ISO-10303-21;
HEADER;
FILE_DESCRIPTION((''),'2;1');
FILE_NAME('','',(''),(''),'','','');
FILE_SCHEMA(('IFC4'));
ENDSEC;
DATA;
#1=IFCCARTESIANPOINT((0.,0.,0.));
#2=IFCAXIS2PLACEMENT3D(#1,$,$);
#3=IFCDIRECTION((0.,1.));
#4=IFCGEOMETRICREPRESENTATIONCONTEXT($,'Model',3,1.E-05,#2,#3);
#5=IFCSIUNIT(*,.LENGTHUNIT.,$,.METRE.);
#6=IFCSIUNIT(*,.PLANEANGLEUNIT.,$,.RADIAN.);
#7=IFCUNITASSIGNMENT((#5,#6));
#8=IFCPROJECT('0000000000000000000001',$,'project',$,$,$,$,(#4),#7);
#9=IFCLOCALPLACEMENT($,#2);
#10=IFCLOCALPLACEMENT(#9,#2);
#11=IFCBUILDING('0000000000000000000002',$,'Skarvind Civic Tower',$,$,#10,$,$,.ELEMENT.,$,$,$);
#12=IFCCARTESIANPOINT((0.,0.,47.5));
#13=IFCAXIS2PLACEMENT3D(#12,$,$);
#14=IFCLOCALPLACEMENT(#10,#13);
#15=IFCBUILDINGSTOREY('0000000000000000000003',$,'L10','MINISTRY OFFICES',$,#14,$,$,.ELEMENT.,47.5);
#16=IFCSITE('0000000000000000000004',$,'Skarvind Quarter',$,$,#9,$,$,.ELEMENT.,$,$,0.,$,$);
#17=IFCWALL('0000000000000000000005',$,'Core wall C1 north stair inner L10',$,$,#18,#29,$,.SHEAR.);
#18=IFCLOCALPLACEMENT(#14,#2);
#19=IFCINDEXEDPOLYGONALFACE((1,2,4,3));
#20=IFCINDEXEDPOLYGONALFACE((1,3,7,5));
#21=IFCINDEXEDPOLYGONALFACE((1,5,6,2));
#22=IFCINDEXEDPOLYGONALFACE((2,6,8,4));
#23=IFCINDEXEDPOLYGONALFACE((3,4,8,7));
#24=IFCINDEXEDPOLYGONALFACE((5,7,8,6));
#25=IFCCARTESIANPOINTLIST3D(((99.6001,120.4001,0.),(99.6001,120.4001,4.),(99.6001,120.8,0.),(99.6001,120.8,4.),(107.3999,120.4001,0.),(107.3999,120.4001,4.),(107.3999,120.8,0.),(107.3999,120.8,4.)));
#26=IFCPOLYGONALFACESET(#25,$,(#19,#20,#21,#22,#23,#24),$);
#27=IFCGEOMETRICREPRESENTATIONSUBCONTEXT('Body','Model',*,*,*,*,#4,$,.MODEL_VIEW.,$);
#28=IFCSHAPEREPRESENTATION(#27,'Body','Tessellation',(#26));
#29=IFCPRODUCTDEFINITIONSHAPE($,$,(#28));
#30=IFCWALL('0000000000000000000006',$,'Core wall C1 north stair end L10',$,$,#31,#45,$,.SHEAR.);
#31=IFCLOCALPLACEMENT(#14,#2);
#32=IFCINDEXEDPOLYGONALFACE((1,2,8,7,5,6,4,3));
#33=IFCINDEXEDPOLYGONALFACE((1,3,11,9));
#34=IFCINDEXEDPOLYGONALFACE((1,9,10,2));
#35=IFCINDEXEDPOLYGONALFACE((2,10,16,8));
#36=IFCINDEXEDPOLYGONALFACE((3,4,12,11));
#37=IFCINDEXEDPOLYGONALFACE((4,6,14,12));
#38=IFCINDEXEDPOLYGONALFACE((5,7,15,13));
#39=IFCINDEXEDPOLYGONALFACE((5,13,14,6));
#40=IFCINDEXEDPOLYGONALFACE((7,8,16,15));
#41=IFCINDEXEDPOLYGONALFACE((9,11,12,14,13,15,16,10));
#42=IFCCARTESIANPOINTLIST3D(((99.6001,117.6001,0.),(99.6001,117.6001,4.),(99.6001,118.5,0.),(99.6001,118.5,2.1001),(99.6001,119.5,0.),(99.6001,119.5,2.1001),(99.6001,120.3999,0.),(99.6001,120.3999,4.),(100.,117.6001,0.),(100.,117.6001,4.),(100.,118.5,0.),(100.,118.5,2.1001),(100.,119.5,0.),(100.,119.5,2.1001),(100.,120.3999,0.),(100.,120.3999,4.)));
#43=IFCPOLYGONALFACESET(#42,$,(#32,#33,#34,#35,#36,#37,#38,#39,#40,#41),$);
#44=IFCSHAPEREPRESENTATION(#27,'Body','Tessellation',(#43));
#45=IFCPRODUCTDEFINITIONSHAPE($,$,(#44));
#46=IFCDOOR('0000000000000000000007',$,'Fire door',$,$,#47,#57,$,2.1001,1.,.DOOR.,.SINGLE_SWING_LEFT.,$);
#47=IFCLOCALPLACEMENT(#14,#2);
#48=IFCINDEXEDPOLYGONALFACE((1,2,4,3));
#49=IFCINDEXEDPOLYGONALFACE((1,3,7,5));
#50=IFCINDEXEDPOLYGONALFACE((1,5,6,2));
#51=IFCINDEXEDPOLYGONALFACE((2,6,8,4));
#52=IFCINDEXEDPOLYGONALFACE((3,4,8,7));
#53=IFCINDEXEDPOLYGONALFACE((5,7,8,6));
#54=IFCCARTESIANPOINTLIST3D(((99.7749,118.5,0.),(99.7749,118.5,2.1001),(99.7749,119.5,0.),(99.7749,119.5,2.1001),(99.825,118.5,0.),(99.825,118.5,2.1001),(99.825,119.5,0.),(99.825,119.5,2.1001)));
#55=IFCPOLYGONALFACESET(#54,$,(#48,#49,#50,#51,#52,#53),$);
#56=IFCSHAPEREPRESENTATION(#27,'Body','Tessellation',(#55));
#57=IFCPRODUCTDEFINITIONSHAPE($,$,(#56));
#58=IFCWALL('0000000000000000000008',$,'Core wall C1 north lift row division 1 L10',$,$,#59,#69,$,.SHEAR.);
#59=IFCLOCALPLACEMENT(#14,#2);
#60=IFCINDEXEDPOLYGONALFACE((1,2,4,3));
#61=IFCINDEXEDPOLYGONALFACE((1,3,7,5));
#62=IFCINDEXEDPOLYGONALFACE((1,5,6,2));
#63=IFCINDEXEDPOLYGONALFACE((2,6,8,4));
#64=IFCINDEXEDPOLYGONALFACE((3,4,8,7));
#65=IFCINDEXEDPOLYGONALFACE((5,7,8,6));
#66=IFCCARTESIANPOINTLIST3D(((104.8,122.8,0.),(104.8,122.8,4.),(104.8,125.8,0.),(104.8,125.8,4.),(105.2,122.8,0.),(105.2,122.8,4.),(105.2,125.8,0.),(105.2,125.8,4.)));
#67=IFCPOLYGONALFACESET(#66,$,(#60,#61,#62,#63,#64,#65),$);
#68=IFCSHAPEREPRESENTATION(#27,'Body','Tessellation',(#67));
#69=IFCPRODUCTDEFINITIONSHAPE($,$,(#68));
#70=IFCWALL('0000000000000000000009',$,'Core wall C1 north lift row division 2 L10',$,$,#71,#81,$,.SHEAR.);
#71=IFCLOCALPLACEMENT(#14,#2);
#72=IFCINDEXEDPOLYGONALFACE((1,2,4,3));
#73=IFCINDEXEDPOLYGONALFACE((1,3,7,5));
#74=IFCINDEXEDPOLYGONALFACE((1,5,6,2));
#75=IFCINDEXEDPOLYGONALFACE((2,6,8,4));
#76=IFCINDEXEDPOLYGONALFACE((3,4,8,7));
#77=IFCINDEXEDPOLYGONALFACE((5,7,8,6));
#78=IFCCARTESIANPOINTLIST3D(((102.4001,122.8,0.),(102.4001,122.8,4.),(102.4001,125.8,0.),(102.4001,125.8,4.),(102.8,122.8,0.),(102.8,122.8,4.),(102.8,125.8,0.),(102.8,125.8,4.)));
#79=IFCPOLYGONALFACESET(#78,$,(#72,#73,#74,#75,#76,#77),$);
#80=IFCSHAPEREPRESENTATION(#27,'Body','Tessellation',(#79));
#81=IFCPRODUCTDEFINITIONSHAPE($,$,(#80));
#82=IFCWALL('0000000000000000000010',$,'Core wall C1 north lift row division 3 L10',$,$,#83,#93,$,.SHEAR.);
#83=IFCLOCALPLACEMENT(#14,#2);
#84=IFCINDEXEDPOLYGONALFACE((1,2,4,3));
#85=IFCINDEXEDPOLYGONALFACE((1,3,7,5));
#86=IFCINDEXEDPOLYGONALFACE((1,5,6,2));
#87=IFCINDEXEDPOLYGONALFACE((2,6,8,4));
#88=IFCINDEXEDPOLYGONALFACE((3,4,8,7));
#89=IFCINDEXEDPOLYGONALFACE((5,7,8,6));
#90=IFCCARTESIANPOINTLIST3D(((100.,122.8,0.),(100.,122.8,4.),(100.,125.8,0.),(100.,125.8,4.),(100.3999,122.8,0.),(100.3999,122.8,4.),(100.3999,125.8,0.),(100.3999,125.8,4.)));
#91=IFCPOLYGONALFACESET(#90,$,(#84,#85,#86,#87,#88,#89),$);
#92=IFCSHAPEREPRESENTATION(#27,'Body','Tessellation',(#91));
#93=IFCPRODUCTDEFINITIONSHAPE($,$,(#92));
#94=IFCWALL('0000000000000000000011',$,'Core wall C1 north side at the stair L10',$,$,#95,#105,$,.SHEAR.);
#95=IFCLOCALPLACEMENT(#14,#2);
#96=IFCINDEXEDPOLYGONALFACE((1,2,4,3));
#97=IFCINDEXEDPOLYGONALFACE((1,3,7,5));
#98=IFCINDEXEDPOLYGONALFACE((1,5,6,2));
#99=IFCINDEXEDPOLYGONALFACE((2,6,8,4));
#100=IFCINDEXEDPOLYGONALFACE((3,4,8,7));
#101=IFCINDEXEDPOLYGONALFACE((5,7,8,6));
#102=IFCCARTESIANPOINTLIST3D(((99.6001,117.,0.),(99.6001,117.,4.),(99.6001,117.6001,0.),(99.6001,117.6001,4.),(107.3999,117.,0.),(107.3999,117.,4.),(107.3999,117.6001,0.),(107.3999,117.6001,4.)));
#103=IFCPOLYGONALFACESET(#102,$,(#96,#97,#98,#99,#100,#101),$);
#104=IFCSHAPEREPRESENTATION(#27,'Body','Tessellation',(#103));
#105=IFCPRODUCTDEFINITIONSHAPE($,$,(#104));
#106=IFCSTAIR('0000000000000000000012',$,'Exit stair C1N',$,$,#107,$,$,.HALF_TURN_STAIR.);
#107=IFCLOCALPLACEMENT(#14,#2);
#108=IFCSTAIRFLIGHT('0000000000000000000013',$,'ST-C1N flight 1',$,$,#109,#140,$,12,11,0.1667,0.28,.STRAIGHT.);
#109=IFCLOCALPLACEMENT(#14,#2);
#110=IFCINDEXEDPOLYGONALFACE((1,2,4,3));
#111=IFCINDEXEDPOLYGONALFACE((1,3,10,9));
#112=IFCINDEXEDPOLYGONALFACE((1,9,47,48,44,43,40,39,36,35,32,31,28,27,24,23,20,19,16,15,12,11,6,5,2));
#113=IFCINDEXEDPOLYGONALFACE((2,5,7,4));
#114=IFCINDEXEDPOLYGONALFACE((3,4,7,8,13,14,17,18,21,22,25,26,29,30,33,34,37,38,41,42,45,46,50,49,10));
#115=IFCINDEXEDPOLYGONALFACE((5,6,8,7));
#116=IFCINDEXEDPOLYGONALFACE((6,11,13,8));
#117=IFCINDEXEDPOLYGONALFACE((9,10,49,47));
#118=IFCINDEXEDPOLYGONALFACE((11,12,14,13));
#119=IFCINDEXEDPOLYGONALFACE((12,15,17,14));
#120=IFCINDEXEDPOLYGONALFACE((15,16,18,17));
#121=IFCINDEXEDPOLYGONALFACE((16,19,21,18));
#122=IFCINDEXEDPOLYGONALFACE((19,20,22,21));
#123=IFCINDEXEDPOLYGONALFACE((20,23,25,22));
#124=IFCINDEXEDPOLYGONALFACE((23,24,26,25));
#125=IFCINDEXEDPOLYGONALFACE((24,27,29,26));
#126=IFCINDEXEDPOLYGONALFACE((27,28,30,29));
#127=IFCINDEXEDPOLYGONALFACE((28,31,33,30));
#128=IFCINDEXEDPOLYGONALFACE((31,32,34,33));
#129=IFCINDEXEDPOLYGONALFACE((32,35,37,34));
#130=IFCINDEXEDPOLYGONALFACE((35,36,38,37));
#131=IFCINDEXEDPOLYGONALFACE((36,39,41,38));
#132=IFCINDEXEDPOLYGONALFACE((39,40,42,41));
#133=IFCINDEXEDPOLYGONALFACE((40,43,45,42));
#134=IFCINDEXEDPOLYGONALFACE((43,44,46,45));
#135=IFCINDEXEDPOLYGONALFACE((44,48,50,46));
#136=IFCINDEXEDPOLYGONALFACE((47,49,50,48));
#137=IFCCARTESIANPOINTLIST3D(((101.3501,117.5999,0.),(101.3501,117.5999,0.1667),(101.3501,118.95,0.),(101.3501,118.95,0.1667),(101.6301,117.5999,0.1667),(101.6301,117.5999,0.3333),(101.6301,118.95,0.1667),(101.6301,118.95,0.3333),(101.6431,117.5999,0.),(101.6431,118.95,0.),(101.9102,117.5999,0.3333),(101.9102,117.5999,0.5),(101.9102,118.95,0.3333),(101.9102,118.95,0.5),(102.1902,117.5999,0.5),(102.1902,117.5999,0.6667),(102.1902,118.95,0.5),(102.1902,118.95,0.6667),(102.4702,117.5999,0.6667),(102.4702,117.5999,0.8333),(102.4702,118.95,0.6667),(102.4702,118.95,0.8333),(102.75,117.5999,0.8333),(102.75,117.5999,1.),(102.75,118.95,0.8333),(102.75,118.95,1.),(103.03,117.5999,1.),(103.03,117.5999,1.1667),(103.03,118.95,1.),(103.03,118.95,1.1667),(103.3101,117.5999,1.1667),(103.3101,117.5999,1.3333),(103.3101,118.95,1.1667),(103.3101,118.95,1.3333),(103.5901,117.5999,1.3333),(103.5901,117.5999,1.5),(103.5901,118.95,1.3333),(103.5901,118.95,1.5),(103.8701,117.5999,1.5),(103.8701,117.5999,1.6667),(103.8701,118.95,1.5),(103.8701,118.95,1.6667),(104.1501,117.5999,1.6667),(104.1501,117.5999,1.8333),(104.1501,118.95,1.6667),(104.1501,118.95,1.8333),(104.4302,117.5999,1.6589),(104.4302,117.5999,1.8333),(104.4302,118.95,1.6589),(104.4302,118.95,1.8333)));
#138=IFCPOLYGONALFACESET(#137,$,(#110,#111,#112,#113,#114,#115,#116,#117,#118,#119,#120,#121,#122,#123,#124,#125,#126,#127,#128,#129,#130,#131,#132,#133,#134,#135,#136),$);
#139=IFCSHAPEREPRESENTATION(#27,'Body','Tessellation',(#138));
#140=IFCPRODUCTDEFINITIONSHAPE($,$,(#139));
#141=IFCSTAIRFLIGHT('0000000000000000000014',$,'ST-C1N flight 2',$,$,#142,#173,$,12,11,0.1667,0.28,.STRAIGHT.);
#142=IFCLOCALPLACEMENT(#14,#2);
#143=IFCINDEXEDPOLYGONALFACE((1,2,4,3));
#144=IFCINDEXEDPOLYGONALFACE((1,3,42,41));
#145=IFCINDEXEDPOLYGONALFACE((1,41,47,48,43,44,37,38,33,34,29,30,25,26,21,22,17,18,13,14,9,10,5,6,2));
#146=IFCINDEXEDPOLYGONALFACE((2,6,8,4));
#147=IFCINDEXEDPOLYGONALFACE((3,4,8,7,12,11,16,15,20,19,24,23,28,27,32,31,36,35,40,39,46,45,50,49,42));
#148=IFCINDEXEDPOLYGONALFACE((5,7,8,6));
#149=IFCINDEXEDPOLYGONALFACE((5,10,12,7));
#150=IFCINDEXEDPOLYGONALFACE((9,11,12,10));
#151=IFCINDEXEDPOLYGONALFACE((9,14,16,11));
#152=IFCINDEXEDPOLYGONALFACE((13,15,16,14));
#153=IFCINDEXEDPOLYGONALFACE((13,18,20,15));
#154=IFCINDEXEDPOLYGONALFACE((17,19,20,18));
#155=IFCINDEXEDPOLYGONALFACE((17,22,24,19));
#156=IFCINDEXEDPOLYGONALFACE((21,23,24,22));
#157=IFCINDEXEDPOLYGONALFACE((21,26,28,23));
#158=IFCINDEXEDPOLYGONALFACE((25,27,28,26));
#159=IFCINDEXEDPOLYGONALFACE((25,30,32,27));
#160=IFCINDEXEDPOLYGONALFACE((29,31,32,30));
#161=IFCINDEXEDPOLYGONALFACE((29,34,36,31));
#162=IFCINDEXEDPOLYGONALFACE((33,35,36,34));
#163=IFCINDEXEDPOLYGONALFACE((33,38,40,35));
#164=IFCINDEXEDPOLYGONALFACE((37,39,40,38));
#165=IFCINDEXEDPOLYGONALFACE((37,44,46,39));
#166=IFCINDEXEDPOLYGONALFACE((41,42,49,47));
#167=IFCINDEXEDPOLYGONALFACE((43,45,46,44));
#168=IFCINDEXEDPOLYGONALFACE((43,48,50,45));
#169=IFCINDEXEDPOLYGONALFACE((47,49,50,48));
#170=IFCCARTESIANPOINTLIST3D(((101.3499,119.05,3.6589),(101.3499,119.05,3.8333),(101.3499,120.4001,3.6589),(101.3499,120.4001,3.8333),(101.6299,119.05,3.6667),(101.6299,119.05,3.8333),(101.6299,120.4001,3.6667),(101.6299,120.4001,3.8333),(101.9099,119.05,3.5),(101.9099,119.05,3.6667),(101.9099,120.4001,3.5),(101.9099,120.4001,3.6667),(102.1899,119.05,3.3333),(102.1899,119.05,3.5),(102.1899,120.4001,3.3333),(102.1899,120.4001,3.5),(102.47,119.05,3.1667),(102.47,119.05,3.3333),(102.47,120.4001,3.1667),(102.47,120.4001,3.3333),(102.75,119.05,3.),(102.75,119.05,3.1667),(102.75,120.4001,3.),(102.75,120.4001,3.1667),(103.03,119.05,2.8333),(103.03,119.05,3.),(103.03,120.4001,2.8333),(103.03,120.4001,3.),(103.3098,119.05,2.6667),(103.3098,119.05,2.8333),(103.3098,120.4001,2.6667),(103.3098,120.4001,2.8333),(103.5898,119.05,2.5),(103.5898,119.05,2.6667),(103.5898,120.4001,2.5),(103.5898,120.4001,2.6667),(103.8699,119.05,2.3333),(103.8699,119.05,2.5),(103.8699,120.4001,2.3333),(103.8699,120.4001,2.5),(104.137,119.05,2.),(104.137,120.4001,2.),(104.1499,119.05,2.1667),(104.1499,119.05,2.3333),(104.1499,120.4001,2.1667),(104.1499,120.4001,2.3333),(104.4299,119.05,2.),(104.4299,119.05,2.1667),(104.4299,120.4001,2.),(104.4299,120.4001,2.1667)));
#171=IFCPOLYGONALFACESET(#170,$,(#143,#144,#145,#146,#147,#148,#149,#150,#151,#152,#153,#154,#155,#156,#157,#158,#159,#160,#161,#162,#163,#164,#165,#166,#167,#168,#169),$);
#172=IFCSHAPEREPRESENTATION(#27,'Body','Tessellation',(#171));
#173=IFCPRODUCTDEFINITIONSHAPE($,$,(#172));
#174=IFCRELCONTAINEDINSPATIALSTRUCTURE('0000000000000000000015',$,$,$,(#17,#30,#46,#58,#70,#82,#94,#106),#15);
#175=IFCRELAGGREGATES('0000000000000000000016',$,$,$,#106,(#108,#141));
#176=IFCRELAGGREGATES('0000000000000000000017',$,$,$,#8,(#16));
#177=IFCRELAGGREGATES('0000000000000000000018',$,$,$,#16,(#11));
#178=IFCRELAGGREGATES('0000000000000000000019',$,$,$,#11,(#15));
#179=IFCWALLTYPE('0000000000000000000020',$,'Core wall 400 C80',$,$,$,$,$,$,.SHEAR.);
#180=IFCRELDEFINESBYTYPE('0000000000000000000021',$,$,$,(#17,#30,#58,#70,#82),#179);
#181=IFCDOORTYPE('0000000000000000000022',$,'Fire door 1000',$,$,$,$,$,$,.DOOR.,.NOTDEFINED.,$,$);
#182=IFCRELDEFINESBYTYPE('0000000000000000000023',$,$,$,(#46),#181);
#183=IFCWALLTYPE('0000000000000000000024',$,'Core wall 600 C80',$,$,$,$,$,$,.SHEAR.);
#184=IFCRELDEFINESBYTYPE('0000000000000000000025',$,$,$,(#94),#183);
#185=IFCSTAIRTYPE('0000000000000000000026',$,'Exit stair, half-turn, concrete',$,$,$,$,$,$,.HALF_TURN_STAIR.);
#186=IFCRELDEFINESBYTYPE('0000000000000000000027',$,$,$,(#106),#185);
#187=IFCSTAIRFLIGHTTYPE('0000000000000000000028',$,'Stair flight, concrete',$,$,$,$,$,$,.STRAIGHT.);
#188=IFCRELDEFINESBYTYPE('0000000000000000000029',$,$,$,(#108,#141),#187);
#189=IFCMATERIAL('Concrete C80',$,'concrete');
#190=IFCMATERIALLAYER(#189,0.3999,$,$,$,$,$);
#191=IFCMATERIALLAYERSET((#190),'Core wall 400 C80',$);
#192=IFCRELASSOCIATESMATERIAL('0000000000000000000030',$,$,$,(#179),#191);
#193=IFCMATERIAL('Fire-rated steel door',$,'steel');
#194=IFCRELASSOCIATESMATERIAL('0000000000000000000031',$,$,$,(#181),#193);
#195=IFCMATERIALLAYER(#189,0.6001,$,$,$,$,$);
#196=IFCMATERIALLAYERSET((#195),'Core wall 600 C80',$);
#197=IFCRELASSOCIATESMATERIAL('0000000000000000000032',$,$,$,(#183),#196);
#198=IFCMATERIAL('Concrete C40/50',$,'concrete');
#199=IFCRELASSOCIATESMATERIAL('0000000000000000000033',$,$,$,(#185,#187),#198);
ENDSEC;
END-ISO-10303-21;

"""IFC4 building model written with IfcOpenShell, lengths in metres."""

from ifc_helpers import new_model, si_unit, direction, frame, frame_2d, origin, place, context, subcontext, project, spatial, polyline, rectangle, outline, extrude, material, layer, layer_set, type_object, element, fill, aggregate, save


model = new_model("IFC4")

# Units and contexts
model_context = context("Model", 3, precision=1e-05, world=origin(), true_north=direction((0.0, 1.0)))
body_context = subcontext(model_context, "Body", "Model", "MODEL_VIEW")
ifc_project = project(units=[si_unit("LENGTHUNIT", "METRE"), si_unit("PLANEANGLEUNIT", "RADIAN")], contexts=[model_context])

# Site, building, storey
site_placement = place(None, origin())
site = spatial("IfcSite", under=ifc_project, at=site_placement, Name="Skarvind Quarter", CompositionType="ELEMENT", RefElevation=0.0)
building_placement = place(site_placement, origin())
building = spatial("IfcBuilding", under=site, at=building_placement, Name="Skarvind Civic Tower", CompositionType="ELEMENT")
storey_placement = place(building_placement, frame((0.0, 0.0, 47.5)))
storey = spatial("IfcBuildingStorey", under=building, at=storey_placement, Name="L10", Description="MINISTRY OFFICES", CompositionType="ELEMENT", Elevation=47.5)

# Wall
ifc_material_1 = material(Name="Concrete C80", Category="concrete")
ifc_layer_1 = layer(ifc_material_1, 0.3999)
ifc_layer_set_1 = layer_set([ifc_layer_1], Name="Core wall 400 C80")
wall_type_1 = type_object("IfcWallType", Name="Core wall 400 C80", PredefinedType="SHEAR", material=ifc_layer_set_1)
wall_1_placement = place(storey_placement, frame((107.3999, 120.6001, 0.0), z_axis=(0.0, 0.0, 1.0), x_axis=(-1.0, 0.0, 0.0)))
element("IfcWall", 1, at=wall_1_placement, inside=storey, type_object=wall_type_1, Name="Core wall C1 north stair inner L10", PredefinedType="SHEAR", context=body_context, shape_type="SweptSolid", body=[
    extrude(rectangle(XDim=7.7998, YDim=0.3999, at=frame_2d((3.8999, 0.0))), origin(), (0.0, 0.0, 1.0), 4.0),
])

# Wall, opening, door
wall_2_placement = place(storey_placement, frame((99.8, 120.3999, 0.0), z_axis=(0.0, 0.0, 1.0), x_axis=(0.0, -1.0, 0.0)))
wall_2 = element("IfcWall", 2, at=wall_2_placement, inside=storey, type_object=wall_type_1, Name="Core wall C1 north stair end L10", PredefinedType="SHEAR", context=body_context, shape_type="SweptSolid", body=[
    extrude(rectangle(XDim=2.7998, YDim=0.3999, at=frame_2d((1.3999, 0.0))), origin(), (0.0, 0.0, 1.0), 4.0),
])
opening_placement = place(wall_2_placement, frame((0.8999, 0.0, 0.0)))
opening = element("IfcOpeningElement", 3, at=opening_placement, cuts=wall_2, PredefinedType="OPENING", context=body_context, shape_type="SweptSolid", body=[
    extrude(rectangle(XDim=1.0, YDim=2.1001, at=frame_2d((0.5, 1.05))), frame((0.0, 0.21, 0.0), z_axis=(0.0, -1.0, 0.0), x_axis=(1.0, 0.0, 0.0)), (0.0, 0.0, 1.0), 0.4199),
])
ifc_material_2 = material(Name="Fire-rated steel door", Category="steel")
door_type = type_object("IfcDoorType", Name="Fire door 1000", OperationType="NOTDEFINED", PredefinedType="DOOR", material=ifc_material_2)
door_placement = place(opening_placement, origin())
door = element("IfcDoor", 4, at=door_placement, inside=storey, type_object=door_type, Name="Fire door", OperationType="SINGLE_SWING_LEFT", OverallHeight=2.1001, OverallWidth=1.0, PredefinedType="DOOR", context=body_context, shape_type="SweptSolid", body=[
    extrude(rectangle(XDim=1.0, YDim=2.1001, at=frame_2d((0.5, 1.05))), frame((0.0, 0.0249, 0.0), z_axis=(0.0, -1.0, 0.0), x_axis=(1.0, 0.0, 0.0)), (0.0, 0.0, 1.0), 0.05),
])
fill(opening, door)

# Walls
for number, where, z_axis, x_axis, name in (
    (5, (105.0, 125.8, 0.0), (0.0, 0.0, 1.0), (0.0, -1.0, 0.0), "Core wall C1 north lift row division 1 L10"),
    (6, (102.6001, 125.8, 0.0), (0.0, 0.0, 1.0), (0.0, -1.0, 0.0), "Core wall C1 north lift row division 2 L10"),
    (7, (100.2, 125.8, 0.0), (0.0, 0.0, 1.0), (0.0, -1.0, 0.0), "Core wall C1 north lift row division 3 L10"),
):
    element("IfcWall", number, at=place(storey_placement, frame(where, z_axis=z_axis, x_axis=x_axis)), inside=storey, type_object=wall_type_1, Name=name, PredefinedType="SHEAR", context=body_context, shape_type="SweptSolid", body=[
        extrude(rectangle(XDim=3.0, YDim=0.3999, at=frame_2d((1.5, 0.0))), origin(), (0.0, 0.0, 1.0), 4.0),
    ])
ifc_layer_2 = layer(ifc_material_1, 0.6001)
ifc_layer_set_2 = layer_set([ifc_layer_2], Name="Core wall 600 C80")
wall_type_2 = type_object("IfcWallType", Name="Core wall 600 C80", PredefinedType="SHEAR", material=ifc_layer_set_2)
wall_3_placement = place(storey_placement, frame((107.3999, 117.3, 0.0), z_axis=(0.0, 0.0, 1.0), x_axis=(-1.0, 0.0, 0.0)))
element("IfcWall", 8, at=wall_3_placement, inside=storey, type_object=wall_type_2, Name="Core wall C1 north side at the stair L10", PredefinedType="SHEAR", context=body_context, shape_type="SweptSolid", body=[
    extrude(rectangle(XDim=7.7998, YDim=0.6001, at=frame_2d((3.8999, 0.0))), origin(), (0.0, 0.0, 1.0), 4.0),
])

# Stair, stair flights
ifc_material_3 = material(Name="Concrete C40/50", Category="concrete")
stair_type = type_object("IfcStairType", Name="Exit stair, half-turn, concrete", PredefinedType="HALF_TURN_STAIR", material=ifc_material_3)
stair_placement = place(storey_placement, origin())
stair = element("IfcStair", 9, at=stair_placement, inside=storey, type_object=stair_type, Name="Exit stair C1N", PredefinedType="HALF_TURN_STAIR")
stair_flight_type = type_object("IfcStairFlightType", Name="Stair flight, concrete", PredefinedType="STRAIGHT", material=ifc_material_3)
stair_flight_1_placement = place(storey_placement, frame((101.3501, 118.2749, 0.0), z_axis=(0.0, 0.0, 1.0), x_axis=(1.0, 0.0, 0.0)))
stair_flight_1 = element("IfcStairFlight", 10, at=stair_flight_1_placement, type_object=stair_flight_type, Name="ST-C1N flight 1", NumberOfRisers=12, NumberOfTreads=11, PredefinedType="STRAIGHT", RiserHeight=0.1667, TreadLength=0.28, context=body_context, shape_type="SweptSolid", body=[
    extrude(outline(polyline([(0.0, 0.0), (0.0, 0.1667), (0.28, 0.1667), (0.28, 0.3333), (0.5601, 0.3333), (0.5601, 0.5), (0.8401, 0.5), (0.8401, 0.6667), (1.1201, 0.6667), (1.1201, 0.8333), (1.3999, 0.8333), (1.3999, 1.0), (1.6799, 1.0), (1.6799, 1.1667), (1.96, 1.1667), (1.96, 1.3333), (2.24, 1.3333), (2.24, 1.5), (2.52, 1.5), (2.52, 1.6667), (2.8, 1.6667), (2.8, 1.8333), (3.0801, 1.8333), (3.0801, 2.0), (3.0801, 1.6589), (0.293, 0.0), (0.0, 0.0)])), frame((0.0, 0.675, 0.0), z_axis=(0.0, -1.0, 0.0), x_axis=(1.0, 0.0, 0.0)), (0.0, 0.0, 1.0), 1.3501),
])
stair_flight_2_placement = place(storey_placement, frame((104.4299, 119.7251, 2.0), z_axis=(0.0, 0.0, 1.0), x_axis=(-1.0, 0.0, 0.0)))
stair_flight_2 = element("IfcStairFlight", 11, at=stair_flight_2_placement, type_object=stair_flight_type, Name="ST-C1N flight 2", NumberOfRisers=12, NumberOfTreads=11, PredefinedType="STRAIGHT", RiserHeight=0.1667, TreadLength=0.28, context=body_context, shape_type="SweptSolid", body=[
    extrude(outline(polyline([(0.0, 0.0), (0.0, 0.1667), (0.28, 0.1667), (0.28, 0.3333), (0.5601, 0.3333), (0.5601, 0.5), (0.8401, 0.5), (0.8401, 0.6667), (1.1201, 0.6667), (1.1201, 0.8333), (1.3999, 0.8333), (1.3999, 1.0), (1.6799, 1.0), (1.6799, 1.1667), (1.96, 1.1667), (1.96, 1.3333), (2.24, 1.3333), (2.24, 1.5), (2.52, 1.5), (2.52, 1.6667), (2.8, 1.6667), (2.8, 1.8333), (3.0801, 1.8333), (3.0801, 2.0), (3.0801, 1.6589), (0.293, 0.0), (0.0, 0.0)])), frame((0.0, 0.675, 0.0), z_axis=(0.0, -1.0, 0.0), x_axis=(1.0, 0.0, 0.0)), (0.0, 0.0, 1.0), 1.3501),
])
aggregate(stair, [stair_flight_1, stair_flight_2])

save(model, "model.ifc")
